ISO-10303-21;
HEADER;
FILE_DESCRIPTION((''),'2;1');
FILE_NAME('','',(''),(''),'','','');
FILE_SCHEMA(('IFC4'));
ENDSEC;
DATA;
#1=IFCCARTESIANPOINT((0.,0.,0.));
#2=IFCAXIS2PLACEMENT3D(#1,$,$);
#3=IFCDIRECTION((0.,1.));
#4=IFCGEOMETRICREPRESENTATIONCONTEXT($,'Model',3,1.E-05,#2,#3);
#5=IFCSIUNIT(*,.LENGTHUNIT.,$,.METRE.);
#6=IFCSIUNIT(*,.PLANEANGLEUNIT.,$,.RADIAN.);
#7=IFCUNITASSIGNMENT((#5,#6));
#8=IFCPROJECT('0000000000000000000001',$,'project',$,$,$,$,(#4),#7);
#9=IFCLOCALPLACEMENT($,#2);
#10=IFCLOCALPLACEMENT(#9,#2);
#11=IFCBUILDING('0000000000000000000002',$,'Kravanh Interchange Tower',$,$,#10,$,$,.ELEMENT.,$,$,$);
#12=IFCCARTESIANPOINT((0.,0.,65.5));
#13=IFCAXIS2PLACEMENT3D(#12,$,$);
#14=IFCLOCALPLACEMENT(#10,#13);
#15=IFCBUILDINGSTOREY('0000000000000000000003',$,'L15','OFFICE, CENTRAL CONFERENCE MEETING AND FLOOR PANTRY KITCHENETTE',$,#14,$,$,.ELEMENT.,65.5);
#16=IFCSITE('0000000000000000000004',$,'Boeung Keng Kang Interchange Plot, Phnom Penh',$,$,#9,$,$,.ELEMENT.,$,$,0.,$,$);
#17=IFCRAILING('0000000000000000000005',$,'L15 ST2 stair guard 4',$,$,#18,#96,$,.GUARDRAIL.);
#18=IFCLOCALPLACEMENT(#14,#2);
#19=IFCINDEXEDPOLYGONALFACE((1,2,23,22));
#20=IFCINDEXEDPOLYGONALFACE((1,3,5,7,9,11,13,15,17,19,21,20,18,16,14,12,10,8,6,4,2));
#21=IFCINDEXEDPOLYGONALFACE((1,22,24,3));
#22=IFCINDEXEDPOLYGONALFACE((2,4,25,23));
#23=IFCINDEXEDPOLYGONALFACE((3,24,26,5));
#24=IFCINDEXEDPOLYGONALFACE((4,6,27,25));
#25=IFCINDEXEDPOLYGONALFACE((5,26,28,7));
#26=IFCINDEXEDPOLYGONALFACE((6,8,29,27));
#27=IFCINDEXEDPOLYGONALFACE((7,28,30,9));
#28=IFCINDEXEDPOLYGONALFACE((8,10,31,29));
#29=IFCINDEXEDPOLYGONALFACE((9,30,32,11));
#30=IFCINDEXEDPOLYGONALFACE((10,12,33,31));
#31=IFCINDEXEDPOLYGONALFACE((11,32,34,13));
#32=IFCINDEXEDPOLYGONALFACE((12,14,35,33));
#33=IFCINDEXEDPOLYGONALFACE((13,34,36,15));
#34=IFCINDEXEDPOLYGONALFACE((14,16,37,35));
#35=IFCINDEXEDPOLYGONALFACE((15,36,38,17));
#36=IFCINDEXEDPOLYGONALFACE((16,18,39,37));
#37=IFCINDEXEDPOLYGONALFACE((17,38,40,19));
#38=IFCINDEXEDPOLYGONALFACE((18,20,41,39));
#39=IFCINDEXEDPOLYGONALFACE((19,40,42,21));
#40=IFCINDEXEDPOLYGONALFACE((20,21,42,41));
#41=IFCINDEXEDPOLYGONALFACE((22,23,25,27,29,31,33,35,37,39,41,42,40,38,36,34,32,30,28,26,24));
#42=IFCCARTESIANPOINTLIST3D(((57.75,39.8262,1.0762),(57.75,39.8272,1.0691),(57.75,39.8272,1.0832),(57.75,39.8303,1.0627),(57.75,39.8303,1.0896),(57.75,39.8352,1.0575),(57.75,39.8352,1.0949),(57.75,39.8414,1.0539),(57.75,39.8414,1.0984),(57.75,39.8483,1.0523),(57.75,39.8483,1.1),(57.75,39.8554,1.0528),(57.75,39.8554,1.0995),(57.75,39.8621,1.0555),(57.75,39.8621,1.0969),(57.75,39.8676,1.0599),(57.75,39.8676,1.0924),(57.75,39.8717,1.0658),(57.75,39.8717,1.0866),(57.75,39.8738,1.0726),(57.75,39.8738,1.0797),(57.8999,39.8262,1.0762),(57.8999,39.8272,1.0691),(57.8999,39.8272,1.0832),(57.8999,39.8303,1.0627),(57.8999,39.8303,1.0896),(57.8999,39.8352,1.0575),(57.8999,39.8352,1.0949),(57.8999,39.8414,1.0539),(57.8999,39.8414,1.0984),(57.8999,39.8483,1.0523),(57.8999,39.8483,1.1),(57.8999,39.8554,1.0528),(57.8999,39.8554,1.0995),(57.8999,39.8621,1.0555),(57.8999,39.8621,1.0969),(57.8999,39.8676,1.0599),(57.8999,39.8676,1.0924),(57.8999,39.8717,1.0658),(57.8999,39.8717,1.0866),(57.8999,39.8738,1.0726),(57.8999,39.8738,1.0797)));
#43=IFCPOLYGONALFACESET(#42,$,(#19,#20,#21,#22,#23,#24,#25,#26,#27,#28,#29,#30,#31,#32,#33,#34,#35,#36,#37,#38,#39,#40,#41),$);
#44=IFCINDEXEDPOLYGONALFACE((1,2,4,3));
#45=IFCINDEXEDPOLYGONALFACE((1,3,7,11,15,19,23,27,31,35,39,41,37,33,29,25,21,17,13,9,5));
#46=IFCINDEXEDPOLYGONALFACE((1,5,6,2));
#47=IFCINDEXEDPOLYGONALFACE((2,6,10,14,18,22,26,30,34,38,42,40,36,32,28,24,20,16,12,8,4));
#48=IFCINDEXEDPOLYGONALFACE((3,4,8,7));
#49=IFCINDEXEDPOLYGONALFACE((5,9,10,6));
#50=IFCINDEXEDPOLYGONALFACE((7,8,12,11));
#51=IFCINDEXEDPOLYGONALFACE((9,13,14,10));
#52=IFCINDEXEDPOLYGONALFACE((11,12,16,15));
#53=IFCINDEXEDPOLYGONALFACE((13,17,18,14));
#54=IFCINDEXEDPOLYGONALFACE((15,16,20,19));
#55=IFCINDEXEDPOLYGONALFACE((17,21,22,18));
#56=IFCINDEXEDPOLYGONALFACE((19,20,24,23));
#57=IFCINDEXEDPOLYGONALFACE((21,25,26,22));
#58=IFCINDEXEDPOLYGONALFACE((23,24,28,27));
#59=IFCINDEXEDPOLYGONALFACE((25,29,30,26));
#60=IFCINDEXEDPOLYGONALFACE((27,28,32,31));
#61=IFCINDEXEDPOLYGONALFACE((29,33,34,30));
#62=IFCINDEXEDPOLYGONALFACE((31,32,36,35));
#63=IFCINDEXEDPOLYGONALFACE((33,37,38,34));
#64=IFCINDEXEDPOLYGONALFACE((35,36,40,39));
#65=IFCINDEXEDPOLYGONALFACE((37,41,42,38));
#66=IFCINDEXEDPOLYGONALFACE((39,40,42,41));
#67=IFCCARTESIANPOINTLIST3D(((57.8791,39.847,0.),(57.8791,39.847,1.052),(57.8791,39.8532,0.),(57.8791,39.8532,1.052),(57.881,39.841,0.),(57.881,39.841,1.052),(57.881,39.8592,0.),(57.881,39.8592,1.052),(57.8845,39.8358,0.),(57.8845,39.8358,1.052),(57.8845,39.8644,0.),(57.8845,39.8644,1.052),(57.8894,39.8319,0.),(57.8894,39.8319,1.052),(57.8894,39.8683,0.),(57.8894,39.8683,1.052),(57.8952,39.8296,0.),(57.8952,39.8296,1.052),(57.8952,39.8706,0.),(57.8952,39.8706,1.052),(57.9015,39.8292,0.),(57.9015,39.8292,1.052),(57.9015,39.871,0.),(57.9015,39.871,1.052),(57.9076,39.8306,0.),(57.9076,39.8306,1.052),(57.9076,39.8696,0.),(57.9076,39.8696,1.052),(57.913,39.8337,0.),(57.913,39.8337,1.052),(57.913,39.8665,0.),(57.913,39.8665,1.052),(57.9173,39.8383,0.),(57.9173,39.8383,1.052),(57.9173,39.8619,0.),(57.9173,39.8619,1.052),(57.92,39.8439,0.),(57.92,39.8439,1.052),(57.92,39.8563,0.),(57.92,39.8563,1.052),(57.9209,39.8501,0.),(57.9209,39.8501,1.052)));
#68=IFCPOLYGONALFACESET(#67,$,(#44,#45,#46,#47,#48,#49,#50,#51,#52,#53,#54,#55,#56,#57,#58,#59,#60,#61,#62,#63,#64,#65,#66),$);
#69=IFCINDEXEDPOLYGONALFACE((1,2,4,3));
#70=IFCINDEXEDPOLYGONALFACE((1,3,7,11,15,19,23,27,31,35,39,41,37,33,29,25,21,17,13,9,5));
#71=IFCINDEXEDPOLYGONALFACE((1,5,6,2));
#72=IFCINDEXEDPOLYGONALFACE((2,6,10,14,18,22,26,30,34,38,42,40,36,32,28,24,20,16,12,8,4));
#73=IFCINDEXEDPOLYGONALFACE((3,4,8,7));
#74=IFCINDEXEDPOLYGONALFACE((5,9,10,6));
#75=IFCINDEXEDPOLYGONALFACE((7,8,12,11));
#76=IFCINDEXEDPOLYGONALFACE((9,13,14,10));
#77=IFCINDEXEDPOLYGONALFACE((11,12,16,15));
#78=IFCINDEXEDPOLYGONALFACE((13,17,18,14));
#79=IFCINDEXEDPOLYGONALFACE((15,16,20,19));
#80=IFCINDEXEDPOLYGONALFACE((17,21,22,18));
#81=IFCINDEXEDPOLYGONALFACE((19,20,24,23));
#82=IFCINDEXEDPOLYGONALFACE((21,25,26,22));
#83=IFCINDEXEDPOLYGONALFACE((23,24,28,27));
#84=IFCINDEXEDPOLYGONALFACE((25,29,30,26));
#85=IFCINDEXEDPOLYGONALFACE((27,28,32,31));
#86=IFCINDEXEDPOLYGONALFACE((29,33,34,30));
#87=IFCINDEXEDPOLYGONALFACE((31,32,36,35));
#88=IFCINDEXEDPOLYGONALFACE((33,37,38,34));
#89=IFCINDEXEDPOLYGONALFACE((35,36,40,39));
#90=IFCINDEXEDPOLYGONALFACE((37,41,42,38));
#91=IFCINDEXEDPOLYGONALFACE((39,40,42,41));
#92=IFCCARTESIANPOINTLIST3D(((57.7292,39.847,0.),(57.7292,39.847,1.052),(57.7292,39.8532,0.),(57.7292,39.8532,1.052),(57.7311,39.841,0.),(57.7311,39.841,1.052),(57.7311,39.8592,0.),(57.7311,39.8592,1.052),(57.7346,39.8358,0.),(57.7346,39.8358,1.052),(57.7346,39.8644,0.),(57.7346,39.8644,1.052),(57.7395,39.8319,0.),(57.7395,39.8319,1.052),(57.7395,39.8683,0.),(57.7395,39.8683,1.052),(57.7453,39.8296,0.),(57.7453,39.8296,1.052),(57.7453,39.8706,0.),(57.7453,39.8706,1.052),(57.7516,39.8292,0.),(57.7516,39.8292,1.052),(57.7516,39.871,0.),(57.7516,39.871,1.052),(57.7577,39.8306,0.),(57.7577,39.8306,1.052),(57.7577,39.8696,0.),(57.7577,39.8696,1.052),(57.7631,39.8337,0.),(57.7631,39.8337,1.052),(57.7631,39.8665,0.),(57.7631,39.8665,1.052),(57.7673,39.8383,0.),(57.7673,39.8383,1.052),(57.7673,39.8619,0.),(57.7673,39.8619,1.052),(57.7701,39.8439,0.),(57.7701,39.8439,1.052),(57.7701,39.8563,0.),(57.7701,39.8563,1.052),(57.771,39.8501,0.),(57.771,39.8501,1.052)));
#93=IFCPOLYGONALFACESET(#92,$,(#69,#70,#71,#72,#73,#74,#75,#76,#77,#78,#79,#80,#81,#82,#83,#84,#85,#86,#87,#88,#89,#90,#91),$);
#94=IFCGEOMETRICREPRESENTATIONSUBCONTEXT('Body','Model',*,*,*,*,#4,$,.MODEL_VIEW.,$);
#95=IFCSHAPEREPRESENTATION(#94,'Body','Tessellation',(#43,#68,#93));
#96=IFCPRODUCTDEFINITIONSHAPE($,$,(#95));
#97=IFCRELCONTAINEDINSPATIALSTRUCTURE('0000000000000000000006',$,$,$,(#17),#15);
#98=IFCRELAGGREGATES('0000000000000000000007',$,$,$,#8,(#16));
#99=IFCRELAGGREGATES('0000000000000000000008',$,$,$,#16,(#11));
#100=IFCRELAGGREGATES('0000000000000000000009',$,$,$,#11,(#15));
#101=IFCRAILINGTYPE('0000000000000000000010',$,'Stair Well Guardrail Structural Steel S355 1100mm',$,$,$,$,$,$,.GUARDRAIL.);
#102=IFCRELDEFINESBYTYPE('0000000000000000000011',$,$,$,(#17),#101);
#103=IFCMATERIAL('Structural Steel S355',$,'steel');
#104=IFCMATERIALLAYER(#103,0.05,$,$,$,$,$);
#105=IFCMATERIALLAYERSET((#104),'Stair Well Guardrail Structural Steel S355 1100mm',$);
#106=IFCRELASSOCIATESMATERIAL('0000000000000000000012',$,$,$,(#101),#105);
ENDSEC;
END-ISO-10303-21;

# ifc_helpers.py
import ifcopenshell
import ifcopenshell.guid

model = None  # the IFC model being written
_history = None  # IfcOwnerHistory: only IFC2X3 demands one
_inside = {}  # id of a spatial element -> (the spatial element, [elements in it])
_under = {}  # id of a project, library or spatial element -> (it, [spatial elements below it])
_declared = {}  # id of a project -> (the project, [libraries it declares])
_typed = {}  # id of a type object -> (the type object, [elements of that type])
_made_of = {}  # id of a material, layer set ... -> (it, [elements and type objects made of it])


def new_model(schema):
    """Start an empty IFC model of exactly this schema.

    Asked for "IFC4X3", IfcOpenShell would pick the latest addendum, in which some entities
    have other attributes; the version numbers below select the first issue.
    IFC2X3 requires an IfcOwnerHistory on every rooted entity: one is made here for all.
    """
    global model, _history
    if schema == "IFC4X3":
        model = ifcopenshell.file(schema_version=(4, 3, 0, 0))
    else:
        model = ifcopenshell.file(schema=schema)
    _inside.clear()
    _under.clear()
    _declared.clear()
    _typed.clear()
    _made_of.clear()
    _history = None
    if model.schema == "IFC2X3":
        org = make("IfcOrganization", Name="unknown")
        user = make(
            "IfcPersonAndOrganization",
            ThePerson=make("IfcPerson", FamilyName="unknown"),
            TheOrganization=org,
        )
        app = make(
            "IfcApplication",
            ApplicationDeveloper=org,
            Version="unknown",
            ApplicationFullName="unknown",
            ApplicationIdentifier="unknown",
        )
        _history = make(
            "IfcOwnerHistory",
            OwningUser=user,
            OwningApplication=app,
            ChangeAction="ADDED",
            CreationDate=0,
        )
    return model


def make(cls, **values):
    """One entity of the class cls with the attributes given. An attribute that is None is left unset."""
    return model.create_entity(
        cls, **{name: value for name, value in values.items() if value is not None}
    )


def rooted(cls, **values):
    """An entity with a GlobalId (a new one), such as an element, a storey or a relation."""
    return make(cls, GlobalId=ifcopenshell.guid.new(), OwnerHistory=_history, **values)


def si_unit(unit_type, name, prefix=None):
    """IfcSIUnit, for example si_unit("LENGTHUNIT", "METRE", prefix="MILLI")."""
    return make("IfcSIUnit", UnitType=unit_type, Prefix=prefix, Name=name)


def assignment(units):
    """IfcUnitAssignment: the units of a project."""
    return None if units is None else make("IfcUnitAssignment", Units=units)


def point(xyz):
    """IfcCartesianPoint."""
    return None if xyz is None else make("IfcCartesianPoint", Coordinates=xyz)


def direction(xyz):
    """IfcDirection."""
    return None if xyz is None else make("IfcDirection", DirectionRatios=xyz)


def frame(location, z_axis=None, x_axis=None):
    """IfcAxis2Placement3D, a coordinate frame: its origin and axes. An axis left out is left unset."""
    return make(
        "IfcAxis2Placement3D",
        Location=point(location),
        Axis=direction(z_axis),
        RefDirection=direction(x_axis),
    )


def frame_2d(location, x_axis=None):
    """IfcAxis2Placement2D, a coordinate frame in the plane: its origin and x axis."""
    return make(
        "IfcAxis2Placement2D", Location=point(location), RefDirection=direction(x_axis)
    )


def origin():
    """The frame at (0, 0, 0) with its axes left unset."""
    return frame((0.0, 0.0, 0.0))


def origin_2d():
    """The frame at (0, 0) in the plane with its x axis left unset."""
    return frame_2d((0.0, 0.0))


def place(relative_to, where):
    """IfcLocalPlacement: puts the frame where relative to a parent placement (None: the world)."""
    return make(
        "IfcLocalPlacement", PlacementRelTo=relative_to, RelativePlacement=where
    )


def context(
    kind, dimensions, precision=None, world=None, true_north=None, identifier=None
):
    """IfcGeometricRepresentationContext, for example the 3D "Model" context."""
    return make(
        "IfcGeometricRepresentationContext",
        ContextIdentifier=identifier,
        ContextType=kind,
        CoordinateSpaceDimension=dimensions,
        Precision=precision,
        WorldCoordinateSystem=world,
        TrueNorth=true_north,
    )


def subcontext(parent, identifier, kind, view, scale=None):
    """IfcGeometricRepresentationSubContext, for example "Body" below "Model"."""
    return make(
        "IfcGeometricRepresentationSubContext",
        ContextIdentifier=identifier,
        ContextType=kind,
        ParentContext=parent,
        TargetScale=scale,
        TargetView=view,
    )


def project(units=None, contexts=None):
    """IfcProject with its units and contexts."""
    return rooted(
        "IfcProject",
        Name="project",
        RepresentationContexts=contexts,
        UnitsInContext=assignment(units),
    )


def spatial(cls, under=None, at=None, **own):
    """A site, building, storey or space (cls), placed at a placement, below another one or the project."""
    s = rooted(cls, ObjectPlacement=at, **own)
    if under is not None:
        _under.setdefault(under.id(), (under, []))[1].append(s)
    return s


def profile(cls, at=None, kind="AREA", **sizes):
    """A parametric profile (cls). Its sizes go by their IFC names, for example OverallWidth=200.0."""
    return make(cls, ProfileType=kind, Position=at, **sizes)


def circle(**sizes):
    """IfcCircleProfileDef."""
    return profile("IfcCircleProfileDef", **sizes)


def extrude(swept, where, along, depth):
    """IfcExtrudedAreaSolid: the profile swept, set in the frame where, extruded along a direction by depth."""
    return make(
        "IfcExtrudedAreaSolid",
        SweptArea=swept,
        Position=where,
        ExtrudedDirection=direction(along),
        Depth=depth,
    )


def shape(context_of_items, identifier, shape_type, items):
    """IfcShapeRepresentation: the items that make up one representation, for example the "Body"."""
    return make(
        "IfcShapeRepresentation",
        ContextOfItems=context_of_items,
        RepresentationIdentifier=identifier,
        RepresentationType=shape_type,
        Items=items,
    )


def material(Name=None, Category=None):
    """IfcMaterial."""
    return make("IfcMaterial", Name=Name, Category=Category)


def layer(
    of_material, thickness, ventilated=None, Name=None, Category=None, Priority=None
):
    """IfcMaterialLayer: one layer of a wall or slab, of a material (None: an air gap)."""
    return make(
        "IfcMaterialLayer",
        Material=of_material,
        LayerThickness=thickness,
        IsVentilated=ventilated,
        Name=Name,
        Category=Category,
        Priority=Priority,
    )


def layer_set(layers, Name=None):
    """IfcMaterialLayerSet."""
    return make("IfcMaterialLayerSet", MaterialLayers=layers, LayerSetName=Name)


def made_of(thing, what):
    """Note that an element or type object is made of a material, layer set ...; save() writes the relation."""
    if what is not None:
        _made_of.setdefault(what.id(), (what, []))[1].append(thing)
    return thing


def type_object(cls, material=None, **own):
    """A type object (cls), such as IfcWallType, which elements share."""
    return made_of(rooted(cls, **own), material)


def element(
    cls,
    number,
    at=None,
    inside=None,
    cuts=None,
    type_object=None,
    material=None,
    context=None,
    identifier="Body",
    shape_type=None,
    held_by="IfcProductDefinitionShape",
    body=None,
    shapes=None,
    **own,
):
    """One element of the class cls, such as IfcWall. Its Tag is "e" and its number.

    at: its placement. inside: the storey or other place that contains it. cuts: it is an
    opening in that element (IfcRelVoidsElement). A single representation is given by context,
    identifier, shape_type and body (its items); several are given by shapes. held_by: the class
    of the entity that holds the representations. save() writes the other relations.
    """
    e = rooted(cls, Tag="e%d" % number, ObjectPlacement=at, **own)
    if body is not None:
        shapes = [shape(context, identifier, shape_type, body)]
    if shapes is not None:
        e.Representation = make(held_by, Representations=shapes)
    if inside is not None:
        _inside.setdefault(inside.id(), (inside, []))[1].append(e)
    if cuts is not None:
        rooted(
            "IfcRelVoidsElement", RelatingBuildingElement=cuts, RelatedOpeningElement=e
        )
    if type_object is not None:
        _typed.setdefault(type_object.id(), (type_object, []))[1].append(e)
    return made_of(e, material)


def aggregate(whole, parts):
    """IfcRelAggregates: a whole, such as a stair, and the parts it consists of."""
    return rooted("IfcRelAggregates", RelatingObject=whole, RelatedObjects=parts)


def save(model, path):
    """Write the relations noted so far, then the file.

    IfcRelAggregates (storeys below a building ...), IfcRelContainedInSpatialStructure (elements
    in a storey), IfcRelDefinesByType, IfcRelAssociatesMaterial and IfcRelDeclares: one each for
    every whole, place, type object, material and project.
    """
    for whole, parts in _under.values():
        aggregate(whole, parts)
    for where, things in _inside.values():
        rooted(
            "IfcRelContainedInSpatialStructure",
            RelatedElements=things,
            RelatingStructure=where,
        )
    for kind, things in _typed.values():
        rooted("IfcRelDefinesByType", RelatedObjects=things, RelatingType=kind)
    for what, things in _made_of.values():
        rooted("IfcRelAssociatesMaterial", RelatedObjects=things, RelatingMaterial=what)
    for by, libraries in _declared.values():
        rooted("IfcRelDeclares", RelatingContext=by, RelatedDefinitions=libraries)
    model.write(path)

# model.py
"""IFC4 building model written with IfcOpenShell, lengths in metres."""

from ifc_helpers import new_model, si_unit, direction, frame, origin, origin_2d, place, context, subcontext, project, spatial, circle, extrude, material, layer, layer_set, type_object, element, save


model = new_model("IFC4")

# Units and contexts
model_context = context("Model", 3, precision=1e-05, world=origin(), true_north=direction((0.0, 1.0)))
body_context = subcontext(model_context, "Body", "Model", "MODEL_VIEW")
ifc_project = project(units=[si_unit("LENGTHUNIT", "METRE"), si_unit("PLANEANGLEUNIT", "RADIAN")], contexts=[model_context])

# Site, building, storey
site_placement = place(None, origin())
site = spatial("IfcSite", under=ifc_project, at=site_placement, Name="Boeung Keng Kang Interchange Plot, Phnom Penh", CompositionType="ELEMENT", RefElevation=0.0)
building_placement = place(site_placement, origin())
building = spatial("IfcBuilding", under=site, at=building_placement, Name="Kravanh Interchange Tower", CompositionType="ELEMENT")
storey_placement = place(building_placement, frame((0.0, 0.0, 65.5)))
storey = spatial("IfcBuildingStorey", under=building, at=storey_placement, Name="L15", Description="OFFICE, CENTRAL CONFERENCE MEETING AND FLOOR PANTRY KITCHENETTE", CompositionType="ELEMENT", Elevation=65.5)

# Railing
ifc_material_1 = material(Name="Structural Steel S355", Category="steel")
ifc_layer_1 = layer(ifc_material_1, 0.05)
ifc_layer_set_1 = layer_set([ifc_layer_1], Name="Stair Well Guardrail Structural Steel S355 1100mm")
railing_type_1 = type_object("IfcRailingType", Name="Stair Well Guardrail Structural Steel S355 1100mm", PredefinedType="GUARDRAIL", material=ifc_layer_set_1)
railing_1_placement = place(storey_placement, frame((57.8999, 39.8501, 0.0)))
element("IfcRailing", 1, at=railing_1_placement, inside=storey, type_object=railing_type_1, Name="L15 ST2 stair guard 4", PredefinedType="GUARDRAIL", context=body_context, shape_type="SweptSolid", body=[
    extrude(circle(Radius=0.0239, at=origin_2d()), frame((0.0, 0.0, 1.0762), z_axis=(-1.0, 0.0, 0.0), x_axis=(0.0, -1.0, 0.0)), (0.0, 0.0, 1.0), 0.1499),
    extrude(circle(Radius=0.021, at=origin_2d()), origin(), (0.0, 0.0, 1.0), 1.052),
    extrude(circle(Radius=0.021, at=origin_2d()), frame((-0.1499, 0.0, 0.0)), (0.0, 0.0, 1.0), 1.052),
])

save(model, "model.ifc")
